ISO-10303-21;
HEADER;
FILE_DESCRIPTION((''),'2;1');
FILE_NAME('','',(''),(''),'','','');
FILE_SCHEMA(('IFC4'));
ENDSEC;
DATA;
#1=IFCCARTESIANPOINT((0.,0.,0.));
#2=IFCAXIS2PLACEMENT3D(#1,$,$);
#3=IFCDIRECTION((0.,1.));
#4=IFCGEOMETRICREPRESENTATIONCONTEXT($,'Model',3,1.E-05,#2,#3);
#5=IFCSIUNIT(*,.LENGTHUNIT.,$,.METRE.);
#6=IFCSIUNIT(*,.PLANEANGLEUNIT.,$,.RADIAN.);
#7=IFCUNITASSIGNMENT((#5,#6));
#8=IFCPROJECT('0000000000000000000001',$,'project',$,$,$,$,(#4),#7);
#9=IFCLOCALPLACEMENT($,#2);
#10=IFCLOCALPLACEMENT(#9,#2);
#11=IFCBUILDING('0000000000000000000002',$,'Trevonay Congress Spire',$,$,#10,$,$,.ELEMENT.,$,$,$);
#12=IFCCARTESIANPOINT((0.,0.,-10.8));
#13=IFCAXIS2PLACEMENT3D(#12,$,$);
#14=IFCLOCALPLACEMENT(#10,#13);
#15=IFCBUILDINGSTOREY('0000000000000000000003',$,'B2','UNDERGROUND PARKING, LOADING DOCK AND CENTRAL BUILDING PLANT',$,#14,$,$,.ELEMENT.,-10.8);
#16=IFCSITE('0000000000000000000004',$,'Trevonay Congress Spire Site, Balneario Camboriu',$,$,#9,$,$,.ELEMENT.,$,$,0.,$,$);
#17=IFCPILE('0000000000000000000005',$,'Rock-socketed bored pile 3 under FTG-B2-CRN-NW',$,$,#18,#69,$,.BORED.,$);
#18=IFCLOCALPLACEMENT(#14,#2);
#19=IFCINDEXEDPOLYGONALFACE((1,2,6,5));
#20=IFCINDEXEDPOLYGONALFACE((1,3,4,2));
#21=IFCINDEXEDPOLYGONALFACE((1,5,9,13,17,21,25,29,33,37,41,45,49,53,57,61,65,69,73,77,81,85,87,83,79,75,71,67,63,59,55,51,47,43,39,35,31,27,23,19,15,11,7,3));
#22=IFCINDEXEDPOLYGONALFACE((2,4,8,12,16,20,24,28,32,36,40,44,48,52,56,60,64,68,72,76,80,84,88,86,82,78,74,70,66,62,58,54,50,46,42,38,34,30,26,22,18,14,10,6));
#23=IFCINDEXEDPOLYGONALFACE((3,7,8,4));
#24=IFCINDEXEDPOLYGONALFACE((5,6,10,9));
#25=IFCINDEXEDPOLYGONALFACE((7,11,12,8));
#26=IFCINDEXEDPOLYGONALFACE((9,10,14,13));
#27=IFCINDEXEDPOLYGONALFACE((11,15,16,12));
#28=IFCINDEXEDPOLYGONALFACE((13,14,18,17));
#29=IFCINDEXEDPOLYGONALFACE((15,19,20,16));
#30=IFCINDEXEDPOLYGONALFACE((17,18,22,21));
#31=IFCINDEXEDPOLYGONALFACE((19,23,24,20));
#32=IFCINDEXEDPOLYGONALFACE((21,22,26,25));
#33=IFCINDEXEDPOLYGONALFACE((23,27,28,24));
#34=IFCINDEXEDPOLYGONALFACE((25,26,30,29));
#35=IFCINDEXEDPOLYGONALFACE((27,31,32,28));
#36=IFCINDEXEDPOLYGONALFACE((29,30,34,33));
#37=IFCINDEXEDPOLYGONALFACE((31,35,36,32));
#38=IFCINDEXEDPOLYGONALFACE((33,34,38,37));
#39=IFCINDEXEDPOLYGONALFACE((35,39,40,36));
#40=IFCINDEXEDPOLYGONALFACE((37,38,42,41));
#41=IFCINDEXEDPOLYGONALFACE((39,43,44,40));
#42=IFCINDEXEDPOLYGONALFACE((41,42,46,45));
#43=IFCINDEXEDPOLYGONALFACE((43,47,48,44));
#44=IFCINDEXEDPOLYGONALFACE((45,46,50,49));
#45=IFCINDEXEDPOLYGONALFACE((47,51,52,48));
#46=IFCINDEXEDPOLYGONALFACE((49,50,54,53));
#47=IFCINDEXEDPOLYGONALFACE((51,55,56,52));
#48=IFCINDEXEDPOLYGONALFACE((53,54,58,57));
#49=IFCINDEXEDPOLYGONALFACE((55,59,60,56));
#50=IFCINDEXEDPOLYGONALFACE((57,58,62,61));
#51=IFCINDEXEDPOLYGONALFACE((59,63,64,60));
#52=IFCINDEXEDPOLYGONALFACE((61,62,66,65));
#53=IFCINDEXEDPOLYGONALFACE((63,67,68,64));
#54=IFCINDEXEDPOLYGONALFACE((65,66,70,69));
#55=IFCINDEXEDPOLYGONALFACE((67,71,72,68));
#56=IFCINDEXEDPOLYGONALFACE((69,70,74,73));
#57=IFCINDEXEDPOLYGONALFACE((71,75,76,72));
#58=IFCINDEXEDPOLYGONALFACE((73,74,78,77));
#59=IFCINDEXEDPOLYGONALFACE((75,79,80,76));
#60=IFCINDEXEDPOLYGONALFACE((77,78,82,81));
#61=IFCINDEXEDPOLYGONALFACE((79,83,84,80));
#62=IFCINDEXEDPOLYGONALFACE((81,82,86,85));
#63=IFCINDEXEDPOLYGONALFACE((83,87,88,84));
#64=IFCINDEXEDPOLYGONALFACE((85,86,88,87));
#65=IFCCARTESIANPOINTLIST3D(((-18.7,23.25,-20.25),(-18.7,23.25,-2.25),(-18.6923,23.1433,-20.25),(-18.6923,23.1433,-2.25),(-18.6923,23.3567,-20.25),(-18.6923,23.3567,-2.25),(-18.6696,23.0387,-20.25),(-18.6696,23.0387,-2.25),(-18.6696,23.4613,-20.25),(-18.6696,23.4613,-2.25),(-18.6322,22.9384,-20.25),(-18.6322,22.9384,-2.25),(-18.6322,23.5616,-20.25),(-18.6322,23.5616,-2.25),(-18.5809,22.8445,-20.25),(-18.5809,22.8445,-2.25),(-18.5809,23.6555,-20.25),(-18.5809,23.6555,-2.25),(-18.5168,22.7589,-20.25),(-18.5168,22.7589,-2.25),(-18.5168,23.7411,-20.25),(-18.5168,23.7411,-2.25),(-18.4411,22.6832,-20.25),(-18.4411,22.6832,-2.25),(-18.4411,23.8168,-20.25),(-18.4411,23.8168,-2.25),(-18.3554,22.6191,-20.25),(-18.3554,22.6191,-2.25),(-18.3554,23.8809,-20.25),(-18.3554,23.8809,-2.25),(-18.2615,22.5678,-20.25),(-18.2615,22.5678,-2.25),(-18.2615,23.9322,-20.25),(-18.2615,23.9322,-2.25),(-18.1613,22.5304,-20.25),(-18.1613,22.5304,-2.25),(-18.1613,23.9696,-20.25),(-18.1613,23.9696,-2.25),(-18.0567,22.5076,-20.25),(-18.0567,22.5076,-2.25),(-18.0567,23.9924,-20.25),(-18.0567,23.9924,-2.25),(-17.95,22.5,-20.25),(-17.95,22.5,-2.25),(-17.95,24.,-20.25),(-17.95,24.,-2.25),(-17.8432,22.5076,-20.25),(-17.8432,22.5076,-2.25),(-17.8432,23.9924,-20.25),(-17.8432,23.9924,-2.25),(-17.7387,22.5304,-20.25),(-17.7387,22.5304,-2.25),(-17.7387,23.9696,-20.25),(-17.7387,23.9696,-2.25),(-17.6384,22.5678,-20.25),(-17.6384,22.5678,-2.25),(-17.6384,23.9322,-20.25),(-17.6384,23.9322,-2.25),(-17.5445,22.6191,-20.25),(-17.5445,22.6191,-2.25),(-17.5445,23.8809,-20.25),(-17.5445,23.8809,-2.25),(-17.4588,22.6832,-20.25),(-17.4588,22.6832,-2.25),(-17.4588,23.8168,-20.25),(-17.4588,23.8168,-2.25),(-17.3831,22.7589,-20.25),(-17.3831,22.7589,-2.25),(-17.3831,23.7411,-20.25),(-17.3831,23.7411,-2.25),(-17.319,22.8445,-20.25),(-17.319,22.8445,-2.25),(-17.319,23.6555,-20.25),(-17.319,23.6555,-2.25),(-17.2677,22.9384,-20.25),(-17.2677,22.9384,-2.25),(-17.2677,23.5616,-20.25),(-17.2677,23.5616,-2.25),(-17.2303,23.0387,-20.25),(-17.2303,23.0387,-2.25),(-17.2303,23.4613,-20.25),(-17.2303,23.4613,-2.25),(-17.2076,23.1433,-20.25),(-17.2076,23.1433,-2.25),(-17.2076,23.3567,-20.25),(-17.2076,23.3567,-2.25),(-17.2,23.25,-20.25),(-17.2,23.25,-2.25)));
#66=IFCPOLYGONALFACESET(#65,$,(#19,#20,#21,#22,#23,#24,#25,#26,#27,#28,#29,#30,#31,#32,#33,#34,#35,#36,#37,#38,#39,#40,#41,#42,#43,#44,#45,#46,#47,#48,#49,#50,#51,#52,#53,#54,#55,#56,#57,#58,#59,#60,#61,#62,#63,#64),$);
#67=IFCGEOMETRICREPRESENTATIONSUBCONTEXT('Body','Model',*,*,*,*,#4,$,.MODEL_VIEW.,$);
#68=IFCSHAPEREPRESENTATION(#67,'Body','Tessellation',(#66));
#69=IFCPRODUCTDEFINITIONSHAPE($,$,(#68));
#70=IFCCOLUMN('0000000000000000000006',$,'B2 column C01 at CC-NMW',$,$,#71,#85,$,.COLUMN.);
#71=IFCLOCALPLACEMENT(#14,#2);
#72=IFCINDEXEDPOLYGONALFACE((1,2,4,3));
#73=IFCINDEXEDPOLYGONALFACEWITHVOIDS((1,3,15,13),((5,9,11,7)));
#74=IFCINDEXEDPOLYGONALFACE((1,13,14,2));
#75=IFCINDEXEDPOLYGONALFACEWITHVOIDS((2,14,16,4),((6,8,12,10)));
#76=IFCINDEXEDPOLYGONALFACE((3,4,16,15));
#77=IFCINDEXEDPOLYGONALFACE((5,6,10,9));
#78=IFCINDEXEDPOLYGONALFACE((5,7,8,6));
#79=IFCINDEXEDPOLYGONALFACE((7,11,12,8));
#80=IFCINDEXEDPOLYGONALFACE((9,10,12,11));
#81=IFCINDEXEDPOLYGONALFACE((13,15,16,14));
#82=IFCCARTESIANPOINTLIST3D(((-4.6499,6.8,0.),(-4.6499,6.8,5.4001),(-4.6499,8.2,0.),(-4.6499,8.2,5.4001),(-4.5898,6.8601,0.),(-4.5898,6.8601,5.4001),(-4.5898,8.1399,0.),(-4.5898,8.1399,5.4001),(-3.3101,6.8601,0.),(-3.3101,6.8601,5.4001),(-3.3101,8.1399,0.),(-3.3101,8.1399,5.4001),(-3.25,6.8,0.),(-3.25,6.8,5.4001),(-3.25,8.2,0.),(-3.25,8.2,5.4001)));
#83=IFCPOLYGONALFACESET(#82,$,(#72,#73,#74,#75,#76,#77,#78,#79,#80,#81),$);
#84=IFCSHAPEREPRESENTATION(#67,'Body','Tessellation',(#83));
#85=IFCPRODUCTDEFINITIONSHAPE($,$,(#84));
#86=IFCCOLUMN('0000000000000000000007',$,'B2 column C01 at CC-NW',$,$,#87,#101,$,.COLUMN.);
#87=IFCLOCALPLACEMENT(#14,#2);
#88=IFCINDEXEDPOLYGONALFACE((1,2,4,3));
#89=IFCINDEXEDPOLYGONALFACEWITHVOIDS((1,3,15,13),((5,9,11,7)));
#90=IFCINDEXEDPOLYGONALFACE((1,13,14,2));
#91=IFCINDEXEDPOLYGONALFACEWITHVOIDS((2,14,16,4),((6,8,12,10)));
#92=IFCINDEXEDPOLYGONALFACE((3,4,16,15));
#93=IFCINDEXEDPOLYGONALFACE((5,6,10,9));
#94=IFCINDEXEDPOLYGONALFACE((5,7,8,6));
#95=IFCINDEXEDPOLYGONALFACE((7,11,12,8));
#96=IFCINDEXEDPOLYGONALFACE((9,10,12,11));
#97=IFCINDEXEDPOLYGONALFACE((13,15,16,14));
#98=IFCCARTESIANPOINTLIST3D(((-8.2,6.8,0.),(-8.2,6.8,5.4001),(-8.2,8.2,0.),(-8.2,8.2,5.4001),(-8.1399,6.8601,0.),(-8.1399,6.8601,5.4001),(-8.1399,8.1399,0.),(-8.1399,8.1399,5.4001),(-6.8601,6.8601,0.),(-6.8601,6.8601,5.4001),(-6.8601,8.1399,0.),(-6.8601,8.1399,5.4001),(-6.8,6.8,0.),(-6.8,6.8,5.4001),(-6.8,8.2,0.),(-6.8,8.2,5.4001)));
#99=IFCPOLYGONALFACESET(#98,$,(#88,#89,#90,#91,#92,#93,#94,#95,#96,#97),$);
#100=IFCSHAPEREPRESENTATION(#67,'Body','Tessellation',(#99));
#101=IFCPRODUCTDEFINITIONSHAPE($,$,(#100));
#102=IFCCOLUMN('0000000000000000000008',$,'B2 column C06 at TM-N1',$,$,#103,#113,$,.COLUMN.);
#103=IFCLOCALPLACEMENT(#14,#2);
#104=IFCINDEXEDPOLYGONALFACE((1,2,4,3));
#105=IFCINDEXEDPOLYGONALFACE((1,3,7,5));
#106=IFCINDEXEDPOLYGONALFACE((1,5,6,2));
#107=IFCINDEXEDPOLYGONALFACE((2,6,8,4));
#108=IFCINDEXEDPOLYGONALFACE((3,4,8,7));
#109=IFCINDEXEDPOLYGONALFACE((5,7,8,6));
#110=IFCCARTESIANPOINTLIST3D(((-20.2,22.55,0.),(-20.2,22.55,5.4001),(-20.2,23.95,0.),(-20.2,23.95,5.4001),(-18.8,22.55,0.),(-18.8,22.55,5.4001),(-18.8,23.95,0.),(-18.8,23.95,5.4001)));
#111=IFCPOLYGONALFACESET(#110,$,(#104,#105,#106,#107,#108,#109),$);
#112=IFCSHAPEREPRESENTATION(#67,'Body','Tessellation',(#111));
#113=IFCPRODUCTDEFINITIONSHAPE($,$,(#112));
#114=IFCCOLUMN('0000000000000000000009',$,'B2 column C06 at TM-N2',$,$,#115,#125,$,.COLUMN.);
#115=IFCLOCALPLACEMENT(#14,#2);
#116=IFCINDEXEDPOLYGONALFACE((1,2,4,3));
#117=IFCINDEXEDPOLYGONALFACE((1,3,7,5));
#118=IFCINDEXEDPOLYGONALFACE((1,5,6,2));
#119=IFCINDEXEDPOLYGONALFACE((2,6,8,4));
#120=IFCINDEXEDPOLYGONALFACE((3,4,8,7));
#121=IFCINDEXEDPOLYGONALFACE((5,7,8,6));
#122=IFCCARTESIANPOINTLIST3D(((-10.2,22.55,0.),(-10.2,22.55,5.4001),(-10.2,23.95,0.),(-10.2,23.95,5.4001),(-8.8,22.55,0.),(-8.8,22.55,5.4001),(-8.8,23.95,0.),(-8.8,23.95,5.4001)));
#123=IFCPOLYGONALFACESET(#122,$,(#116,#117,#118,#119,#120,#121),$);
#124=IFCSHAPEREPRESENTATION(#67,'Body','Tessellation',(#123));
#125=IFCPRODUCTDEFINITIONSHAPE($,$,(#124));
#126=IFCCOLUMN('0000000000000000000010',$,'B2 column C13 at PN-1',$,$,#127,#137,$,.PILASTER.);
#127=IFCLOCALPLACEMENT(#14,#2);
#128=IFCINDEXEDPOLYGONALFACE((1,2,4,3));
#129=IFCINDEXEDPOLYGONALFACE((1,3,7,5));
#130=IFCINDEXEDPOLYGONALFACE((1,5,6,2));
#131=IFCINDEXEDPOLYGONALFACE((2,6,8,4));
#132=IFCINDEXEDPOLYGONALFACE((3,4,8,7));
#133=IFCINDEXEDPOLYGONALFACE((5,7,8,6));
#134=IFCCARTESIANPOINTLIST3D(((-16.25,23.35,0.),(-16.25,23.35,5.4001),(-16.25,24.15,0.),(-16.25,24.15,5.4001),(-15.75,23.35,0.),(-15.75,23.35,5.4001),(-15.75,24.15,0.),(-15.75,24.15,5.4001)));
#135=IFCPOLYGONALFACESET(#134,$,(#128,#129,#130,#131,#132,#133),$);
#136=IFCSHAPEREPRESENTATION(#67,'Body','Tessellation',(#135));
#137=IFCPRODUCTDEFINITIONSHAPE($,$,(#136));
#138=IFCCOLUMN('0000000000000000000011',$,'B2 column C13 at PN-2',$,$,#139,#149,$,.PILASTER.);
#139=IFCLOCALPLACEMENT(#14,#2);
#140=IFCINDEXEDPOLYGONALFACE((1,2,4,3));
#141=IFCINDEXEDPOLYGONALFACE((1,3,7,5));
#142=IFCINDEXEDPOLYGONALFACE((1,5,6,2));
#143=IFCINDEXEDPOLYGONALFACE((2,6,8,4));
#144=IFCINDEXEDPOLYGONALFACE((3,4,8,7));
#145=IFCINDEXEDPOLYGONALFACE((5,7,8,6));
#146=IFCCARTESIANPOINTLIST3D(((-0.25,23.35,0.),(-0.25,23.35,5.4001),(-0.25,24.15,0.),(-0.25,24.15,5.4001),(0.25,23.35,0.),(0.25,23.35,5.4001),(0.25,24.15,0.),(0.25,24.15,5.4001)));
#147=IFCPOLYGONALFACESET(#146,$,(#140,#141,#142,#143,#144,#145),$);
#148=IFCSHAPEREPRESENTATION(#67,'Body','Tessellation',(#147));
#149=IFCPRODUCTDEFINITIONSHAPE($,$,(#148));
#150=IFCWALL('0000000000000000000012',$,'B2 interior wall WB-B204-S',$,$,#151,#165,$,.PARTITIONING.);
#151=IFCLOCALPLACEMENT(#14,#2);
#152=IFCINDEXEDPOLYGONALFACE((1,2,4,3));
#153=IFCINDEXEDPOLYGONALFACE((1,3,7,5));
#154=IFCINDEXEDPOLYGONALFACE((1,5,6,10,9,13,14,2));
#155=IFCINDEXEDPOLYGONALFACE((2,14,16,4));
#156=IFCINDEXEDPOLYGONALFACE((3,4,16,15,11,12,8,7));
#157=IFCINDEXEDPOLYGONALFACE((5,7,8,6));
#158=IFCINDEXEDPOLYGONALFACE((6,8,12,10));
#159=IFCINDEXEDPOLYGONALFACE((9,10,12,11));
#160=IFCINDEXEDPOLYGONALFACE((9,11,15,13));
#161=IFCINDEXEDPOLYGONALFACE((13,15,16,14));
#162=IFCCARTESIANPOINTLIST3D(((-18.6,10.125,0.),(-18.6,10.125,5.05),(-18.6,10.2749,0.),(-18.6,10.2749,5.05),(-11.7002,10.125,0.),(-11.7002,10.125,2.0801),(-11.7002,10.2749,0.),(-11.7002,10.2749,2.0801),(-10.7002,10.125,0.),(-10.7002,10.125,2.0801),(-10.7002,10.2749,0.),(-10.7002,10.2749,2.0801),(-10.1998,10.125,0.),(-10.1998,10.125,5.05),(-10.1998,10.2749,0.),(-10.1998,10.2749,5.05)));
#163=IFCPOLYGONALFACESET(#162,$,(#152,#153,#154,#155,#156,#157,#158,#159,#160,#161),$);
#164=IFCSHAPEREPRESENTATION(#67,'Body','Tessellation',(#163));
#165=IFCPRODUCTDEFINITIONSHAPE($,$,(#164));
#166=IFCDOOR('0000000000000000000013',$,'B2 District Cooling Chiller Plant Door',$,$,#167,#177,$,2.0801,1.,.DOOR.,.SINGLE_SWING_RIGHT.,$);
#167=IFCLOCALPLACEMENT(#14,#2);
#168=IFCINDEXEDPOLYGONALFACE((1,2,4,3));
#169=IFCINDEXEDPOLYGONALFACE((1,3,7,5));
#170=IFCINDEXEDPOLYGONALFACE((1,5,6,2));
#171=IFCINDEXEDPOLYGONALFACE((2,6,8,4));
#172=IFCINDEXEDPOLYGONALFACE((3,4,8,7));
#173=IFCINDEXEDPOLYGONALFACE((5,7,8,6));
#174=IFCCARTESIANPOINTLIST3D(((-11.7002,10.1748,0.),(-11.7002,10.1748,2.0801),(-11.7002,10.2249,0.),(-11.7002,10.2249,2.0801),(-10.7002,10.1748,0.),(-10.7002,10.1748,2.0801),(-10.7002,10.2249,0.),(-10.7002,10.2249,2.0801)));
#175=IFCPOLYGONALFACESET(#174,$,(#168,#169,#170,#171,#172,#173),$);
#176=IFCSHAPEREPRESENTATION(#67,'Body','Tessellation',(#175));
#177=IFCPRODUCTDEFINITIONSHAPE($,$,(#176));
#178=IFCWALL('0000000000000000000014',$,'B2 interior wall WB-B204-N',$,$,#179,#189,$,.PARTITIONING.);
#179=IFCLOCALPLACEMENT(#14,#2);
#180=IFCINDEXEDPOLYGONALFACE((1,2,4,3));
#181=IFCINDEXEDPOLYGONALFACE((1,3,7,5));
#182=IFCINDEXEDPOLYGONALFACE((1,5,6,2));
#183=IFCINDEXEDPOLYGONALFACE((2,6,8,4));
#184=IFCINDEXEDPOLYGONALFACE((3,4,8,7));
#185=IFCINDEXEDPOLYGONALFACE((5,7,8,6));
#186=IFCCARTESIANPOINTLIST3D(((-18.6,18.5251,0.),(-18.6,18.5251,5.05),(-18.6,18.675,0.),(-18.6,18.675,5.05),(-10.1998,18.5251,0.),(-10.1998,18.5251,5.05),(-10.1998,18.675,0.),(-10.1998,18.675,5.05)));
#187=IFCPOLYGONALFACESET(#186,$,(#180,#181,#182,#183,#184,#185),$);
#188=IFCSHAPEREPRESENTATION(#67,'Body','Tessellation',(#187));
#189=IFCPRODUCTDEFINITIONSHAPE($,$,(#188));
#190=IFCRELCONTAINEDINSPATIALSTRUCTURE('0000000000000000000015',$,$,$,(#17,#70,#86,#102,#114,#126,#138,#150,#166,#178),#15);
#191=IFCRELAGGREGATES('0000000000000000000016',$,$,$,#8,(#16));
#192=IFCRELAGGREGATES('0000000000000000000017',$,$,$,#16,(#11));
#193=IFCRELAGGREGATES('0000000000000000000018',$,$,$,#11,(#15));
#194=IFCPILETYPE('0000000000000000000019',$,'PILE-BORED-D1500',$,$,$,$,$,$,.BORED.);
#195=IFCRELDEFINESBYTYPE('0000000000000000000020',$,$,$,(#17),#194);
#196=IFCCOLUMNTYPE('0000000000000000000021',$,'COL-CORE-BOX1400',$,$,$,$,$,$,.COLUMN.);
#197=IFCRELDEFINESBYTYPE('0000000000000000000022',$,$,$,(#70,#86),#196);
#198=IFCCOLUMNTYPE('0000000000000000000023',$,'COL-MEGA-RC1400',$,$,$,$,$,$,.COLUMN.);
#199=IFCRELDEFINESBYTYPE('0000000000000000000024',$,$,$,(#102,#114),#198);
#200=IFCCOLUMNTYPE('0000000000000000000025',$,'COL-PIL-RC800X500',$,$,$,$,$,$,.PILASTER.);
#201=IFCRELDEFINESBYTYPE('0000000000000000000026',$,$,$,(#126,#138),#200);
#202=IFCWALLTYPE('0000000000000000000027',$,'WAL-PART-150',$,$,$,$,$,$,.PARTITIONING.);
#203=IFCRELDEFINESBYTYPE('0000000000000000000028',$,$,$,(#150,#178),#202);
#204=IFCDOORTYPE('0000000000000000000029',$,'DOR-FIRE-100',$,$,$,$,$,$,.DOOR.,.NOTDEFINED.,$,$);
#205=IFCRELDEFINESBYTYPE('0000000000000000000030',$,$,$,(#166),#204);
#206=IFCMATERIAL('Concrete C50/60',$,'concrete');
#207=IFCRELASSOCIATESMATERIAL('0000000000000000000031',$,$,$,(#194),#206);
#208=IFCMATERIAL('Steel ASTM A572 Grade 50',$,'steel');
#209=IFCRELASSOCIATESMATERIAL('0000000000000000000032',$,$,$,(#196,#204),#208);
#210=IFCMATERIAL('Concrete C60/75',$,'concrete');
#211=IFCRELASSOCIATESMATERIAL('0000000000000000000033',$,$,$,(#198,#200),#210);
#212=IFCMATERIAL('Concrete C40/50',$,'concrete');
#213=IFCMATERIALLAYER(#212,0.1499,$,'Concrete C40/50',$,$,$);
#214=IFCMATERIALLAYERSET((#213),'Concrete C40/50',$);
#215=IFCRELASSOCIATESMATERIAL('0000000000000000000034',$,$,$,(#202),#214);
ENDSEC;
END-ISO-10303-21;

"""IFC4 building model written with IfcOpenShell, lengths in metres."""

from ifc_helpers import new_model, si_unit, direction, frame, frame_2d, origin, origin_2d, place, context, subcontext, project, spatial, rectangle, hollow_rectangle, circle, extrude, material, layer, layer_set, material_profile, profile_set, type_object, element, fill, save


model = new_model("IFC4")

# Units and contexts
model_context = context("Model", 3, precision=1e-05, world=origin(), true_north=direction((0.0, 1.0)))
body_context = subcontext(model_context, "Body", "Model", "MODEL_VIEW")
ifc_project = project(units=[si_unit("LENGTHUNIT", "METRE"), si_unit("PLANEANGLEUNIT", "RADIAN")], contexts=[model_context])

# Site, building, storey
site_placement = place(None, origin())
site = spatial("IfcSite", under=ifc_project, at=site_placement, Name="Trevonay Congress Spire Site, Balneario Camboriu", CompositionType="ELEMENT", RefElevation=0.0)
building_placement = place(site_placement, origin())
building = spatial("IfcBuilding", under=site, at=building_placement, Name="Trevonay Congress Spire", CompositionType="ELEMENT")
storey_placement = place(building_placement, frame((0.0, 0.0, -10.8)))
storey = spatial("IfcBuildingStorey", under=building, at=storey_placement, Name="B2", Description="UNDERGROUND PARKING, LOADING DOCK AND CENTRAL BUILDING PLANT", CompositionType="ELEMENT", Elevation=-10.8)

# Shared definitions
ifc_material_1 = material(Name="Concrete C50/60", Category="concrete")

# Pile
ifc_material_profile_1 = material_profile(ifc_material_1, circle(Radius=0.75, at=origin_2d()), Name="PILE D1500")
ifc_profile_set_1 = profile_set([ifc_material_profile_1], Name="Concrete C50/60")
pile_type_1 = type_object("IfcPileType", Name="PILE-BORED-D1500", PredefinedType="BORED", material=ifc_profile_set_1)
for number, where, z_axis, x_axis, name in (
    (1, (-17.95, 23.25, -2.25), (0.0, 0.0, -1.0), (1.0, 0.0, 0.0), "Rock-socketed bored pile 3 under FTG-B2-CRN-NW"),
):
    element("IfcPile", number, at=place(storey_placement, frame(where, z_axis=z_axis, x_axis=x_axis)), inside=storey, type_object=pile_type_1, Name=name, PredefinedType="BORED", context=body_context, shape_type="SweptSolid", body=[
        extrude(circle(Radius=0.75, at=origin_2d()), origin(), (0.0, 0.0, 1.0), 18.0),
    ])

# Columns
ifc_material_2 = material(Name="Steel ASTM A572 Grade 50", Category="steel")
ifc_material_profile_2 = material_profile(ifc_material_2, hollow_rectangle(XDim=1.3999, YDim=1.3999, WallThickness=0.0601, at=origin_2d()), Name="BOX 1400x1400x60")
ifc_profile_set_2 = profile_set([ifc_material_profile_2], Name="Steel ASTM A572 Grade 50")
column_type_1 = type_object("IfcColumnType", Name="COL-CORE-BOX1400", PredefinedType="COLUMN", material=ifc_profile_set_2)
for number, where, z_axis, x_axis, name in (
    (2, (-3.95, 7.5, 0.0), (0.0, 0.0, 1.0), (1.0, 0.0, 0.0), "B2 column C01 at CC-NMW"),
    (3, (-7.5, 7.5, 0.0), (0.0, 0.0, 1.0), (1.0, 0.0, 0.0), "B2 column C01 at CC-NW"),
):
    element("IfcColumn", number, at=place(storey_placement, frame(where, z_axis=z_axis, x_axis=x_axis)), inside=storey, type_object=column_type_1, Name=name, PredefinedType="COLUMN", context=body_context, shape_type="SweptSolid", body=[
        extrude(hollow_rectangle(XDim=1.3999, YDim=1.3999, WallThickness=0.0601, at=origin_2d()), origin(), (0.0, 0.0, 1.0), 5.4001),
    ])
ifc_material_3 = material(Name="Concrete C60/75", Category="concrete")
ifc_material_profile_3 = material_profile(ifc_material_3, rectangle(XDim=1.3999, YDim=1.3999, at=origin_2d()), Name="RC 1400x1400")
ifc_profile_set_3 = profile_set([ifc_material_profile_3], Name="Concrete C60/75")
column_type_2 = type_object("IfcColumnType", Name="COL-MEGA-RC1400", PredefinedType="COLUMN", material=ifc_profile_set_3)
for number, where, z_axis, x_axis, name in (
    (4, (-19.5, 23.25, 0.0), (0.0, 0.0, 1.0), (1.0, 0.0, 0.0), "B2 column C06 at TM-N1"),
    (5, (-9.5, 23.25, 0.0), (0.0, 0.0, 1.0), (1.0, 0.0, 0.0), "B2 column C06 at TM-N2"),
):
    element("IfcColumn", number, at=place(storey_placement, frame(where, z_axis=z_axis, x_axis=x_axis)), inside=storey, type_object=column_type_2, Name=name, PredefinedType="COLUMN", context=body_context, shape_type="SweptSolid", body=[
        extrude(rectangle(XDim=1.3999, YDim=1.3999, at=origin_2d()), origin(), (0.0, 0.0, 1.0), 5.4001),
    ])
ifc_material_profile_4 = material_profile(ifc_material_3, rectangle(XDim=0.5, YDim=0.8, at=origin_2d()), Name="RC 800x500")
ifc_profile_set_4 = profile_set([ifc_material_profile_4], Name="Concrete C60/75")
column_type_3 = type_object("IfcColumnType", Name="COL-PIL-RC800X500", PredefinedType="PILASTER", material=ifc_profile_set_4)
for number, where, z_axis, x_axis, name in (
    (6, (-16.0, 23.75, 0.0), (0.0, 0.0, 1.0), (1.0, 0.0, 0.0), "B2 column C13 at PN-1"),
    (7, (0.0, 23.75, 0.0), (0.0, 0.0, 1.0), (1.0, 0.0, 0.0), "B2 column C13 at PN-2"),
):
    element("IfcColumn", number, at=place(storey_placement, frame(where, z_axis=z_axis, x_axis=x_axis)), inside=storey, type_object=column_type_3, Name=name, PredefinedType="PILASTER", context=body_context, shape_type="SweptSolid", body=[
        extrude(rectangle(XDim=0.5, YDim=0.8, at=origin_2d()), origin(), (0.0, 0.0, 1.0), 5.4001),
    ])

# Wall, opening, door
ifc_material_4 = material(Name="Concrete C40/50", Category="concrete")
ifc_layer = layer(ifc_material_4, 0.1499, Name="Concrete C40/50")
ifc_layer_set = layer_set([ifc_layer], Name="Concrete C40/50")
wall_type = type_object("IfcWallType", Name="WAL-PART-150", PredefinedType="PARTITIONING", material=ifc_layer_set)
wall_placement = place(storey_placement, frame((-18.6001, 10.2, 0.0), z_axis=(0.0, 0.0, 1.0), x_axis=(1.0, 0.0, 0.0)))
wall = element("IfcWall", 8, at=wall_placement, inside=storey, type_object=wall_type, Name="B2 interior wall WB-B204-S", PredefinedType="PARTITIONING", context=body_context, shape_type="SweptSolid", body=[
    extrude(rectangle(XDim=8.4001, YDim=0.1499, at=frame_2d((4.2002, 0.0))), origin(), (0.0, 0.0, 1.0), 5.05),
])
opening_placement = place(wall_placement, frame((6.8999, 0.0, 0.0)))
opening = element("IfcOpeningElement", 9, at=opening_placement, cuts=wall, PredefinedType="OPENING", context=body_context, shape_type="SweptSolid", body=[
    extrude(rectangle(XDim=1.0, YDim=2.0801, at=frame_2d((0.5, 1.04))), frame((0.0, 0.085, 0.0), z_axis=(0.0, -1.0, 0.0), x_axis=(1.0, 0.0, 0.0)), (0.0, 0.0, 1.0), 0.1699),
])
door_type = type_object("IfcDoorType", Name="DOR-FIRE-100", OperationType="NOTDEFINED", PredefinedType="DOOR", material=ifc_material_2)
door_placement = place(opening_placement, origin())
door = element("IfcDoor", 10, at=door_placement, inside=storey, type_object=door_type, Name="B2 District Cooling Chiller Plant Door", OperationType="SINGLE_SWING_RIGHT", OverallHeight=2.0801, OverallWidth=1.0, PredefinedType="DOOR", context=body_context, shape_type="SweptSolid", body=[
    extrude(rectangle(XDim=1.0, YDim=2.0801, at=frame_2d((0.5, 1.04))), frame((0.0, 0.0249, 0.0), z_axis=(0.0, -1.0, 0.0), x_axis=(1.0, 0.0, 0.0)), (0.0, 0.0, 1.0), 0.05),
])
fill(opening, door)

# Wall
for number, where, z_axis, x_axis, name in (
    (11, (-18.6001, 18.6001, 0.0), (0.0, 0.0, 1.0), (1.0, 0.0, 0.0), "B2 interior wall WB-B204-N"),
):
    element("IfcWall", number, at=place(storey_placement, frame(where, z_axis=z_axis, x_axis=x_axis)), inside=storey, type_object=wall_type, Name=name, PredefinedType="PARTITIONING", context=body_context, shape_type="SweptSolid", body=[
        extrude(rectangle(XDim=8.4001, YDim=0.1499, at=frame_2d((4.2002, 0.0))), origin(), (0.0, 0.0, 1.0), 5.05),
    ])

save(model, "model.ifc")
